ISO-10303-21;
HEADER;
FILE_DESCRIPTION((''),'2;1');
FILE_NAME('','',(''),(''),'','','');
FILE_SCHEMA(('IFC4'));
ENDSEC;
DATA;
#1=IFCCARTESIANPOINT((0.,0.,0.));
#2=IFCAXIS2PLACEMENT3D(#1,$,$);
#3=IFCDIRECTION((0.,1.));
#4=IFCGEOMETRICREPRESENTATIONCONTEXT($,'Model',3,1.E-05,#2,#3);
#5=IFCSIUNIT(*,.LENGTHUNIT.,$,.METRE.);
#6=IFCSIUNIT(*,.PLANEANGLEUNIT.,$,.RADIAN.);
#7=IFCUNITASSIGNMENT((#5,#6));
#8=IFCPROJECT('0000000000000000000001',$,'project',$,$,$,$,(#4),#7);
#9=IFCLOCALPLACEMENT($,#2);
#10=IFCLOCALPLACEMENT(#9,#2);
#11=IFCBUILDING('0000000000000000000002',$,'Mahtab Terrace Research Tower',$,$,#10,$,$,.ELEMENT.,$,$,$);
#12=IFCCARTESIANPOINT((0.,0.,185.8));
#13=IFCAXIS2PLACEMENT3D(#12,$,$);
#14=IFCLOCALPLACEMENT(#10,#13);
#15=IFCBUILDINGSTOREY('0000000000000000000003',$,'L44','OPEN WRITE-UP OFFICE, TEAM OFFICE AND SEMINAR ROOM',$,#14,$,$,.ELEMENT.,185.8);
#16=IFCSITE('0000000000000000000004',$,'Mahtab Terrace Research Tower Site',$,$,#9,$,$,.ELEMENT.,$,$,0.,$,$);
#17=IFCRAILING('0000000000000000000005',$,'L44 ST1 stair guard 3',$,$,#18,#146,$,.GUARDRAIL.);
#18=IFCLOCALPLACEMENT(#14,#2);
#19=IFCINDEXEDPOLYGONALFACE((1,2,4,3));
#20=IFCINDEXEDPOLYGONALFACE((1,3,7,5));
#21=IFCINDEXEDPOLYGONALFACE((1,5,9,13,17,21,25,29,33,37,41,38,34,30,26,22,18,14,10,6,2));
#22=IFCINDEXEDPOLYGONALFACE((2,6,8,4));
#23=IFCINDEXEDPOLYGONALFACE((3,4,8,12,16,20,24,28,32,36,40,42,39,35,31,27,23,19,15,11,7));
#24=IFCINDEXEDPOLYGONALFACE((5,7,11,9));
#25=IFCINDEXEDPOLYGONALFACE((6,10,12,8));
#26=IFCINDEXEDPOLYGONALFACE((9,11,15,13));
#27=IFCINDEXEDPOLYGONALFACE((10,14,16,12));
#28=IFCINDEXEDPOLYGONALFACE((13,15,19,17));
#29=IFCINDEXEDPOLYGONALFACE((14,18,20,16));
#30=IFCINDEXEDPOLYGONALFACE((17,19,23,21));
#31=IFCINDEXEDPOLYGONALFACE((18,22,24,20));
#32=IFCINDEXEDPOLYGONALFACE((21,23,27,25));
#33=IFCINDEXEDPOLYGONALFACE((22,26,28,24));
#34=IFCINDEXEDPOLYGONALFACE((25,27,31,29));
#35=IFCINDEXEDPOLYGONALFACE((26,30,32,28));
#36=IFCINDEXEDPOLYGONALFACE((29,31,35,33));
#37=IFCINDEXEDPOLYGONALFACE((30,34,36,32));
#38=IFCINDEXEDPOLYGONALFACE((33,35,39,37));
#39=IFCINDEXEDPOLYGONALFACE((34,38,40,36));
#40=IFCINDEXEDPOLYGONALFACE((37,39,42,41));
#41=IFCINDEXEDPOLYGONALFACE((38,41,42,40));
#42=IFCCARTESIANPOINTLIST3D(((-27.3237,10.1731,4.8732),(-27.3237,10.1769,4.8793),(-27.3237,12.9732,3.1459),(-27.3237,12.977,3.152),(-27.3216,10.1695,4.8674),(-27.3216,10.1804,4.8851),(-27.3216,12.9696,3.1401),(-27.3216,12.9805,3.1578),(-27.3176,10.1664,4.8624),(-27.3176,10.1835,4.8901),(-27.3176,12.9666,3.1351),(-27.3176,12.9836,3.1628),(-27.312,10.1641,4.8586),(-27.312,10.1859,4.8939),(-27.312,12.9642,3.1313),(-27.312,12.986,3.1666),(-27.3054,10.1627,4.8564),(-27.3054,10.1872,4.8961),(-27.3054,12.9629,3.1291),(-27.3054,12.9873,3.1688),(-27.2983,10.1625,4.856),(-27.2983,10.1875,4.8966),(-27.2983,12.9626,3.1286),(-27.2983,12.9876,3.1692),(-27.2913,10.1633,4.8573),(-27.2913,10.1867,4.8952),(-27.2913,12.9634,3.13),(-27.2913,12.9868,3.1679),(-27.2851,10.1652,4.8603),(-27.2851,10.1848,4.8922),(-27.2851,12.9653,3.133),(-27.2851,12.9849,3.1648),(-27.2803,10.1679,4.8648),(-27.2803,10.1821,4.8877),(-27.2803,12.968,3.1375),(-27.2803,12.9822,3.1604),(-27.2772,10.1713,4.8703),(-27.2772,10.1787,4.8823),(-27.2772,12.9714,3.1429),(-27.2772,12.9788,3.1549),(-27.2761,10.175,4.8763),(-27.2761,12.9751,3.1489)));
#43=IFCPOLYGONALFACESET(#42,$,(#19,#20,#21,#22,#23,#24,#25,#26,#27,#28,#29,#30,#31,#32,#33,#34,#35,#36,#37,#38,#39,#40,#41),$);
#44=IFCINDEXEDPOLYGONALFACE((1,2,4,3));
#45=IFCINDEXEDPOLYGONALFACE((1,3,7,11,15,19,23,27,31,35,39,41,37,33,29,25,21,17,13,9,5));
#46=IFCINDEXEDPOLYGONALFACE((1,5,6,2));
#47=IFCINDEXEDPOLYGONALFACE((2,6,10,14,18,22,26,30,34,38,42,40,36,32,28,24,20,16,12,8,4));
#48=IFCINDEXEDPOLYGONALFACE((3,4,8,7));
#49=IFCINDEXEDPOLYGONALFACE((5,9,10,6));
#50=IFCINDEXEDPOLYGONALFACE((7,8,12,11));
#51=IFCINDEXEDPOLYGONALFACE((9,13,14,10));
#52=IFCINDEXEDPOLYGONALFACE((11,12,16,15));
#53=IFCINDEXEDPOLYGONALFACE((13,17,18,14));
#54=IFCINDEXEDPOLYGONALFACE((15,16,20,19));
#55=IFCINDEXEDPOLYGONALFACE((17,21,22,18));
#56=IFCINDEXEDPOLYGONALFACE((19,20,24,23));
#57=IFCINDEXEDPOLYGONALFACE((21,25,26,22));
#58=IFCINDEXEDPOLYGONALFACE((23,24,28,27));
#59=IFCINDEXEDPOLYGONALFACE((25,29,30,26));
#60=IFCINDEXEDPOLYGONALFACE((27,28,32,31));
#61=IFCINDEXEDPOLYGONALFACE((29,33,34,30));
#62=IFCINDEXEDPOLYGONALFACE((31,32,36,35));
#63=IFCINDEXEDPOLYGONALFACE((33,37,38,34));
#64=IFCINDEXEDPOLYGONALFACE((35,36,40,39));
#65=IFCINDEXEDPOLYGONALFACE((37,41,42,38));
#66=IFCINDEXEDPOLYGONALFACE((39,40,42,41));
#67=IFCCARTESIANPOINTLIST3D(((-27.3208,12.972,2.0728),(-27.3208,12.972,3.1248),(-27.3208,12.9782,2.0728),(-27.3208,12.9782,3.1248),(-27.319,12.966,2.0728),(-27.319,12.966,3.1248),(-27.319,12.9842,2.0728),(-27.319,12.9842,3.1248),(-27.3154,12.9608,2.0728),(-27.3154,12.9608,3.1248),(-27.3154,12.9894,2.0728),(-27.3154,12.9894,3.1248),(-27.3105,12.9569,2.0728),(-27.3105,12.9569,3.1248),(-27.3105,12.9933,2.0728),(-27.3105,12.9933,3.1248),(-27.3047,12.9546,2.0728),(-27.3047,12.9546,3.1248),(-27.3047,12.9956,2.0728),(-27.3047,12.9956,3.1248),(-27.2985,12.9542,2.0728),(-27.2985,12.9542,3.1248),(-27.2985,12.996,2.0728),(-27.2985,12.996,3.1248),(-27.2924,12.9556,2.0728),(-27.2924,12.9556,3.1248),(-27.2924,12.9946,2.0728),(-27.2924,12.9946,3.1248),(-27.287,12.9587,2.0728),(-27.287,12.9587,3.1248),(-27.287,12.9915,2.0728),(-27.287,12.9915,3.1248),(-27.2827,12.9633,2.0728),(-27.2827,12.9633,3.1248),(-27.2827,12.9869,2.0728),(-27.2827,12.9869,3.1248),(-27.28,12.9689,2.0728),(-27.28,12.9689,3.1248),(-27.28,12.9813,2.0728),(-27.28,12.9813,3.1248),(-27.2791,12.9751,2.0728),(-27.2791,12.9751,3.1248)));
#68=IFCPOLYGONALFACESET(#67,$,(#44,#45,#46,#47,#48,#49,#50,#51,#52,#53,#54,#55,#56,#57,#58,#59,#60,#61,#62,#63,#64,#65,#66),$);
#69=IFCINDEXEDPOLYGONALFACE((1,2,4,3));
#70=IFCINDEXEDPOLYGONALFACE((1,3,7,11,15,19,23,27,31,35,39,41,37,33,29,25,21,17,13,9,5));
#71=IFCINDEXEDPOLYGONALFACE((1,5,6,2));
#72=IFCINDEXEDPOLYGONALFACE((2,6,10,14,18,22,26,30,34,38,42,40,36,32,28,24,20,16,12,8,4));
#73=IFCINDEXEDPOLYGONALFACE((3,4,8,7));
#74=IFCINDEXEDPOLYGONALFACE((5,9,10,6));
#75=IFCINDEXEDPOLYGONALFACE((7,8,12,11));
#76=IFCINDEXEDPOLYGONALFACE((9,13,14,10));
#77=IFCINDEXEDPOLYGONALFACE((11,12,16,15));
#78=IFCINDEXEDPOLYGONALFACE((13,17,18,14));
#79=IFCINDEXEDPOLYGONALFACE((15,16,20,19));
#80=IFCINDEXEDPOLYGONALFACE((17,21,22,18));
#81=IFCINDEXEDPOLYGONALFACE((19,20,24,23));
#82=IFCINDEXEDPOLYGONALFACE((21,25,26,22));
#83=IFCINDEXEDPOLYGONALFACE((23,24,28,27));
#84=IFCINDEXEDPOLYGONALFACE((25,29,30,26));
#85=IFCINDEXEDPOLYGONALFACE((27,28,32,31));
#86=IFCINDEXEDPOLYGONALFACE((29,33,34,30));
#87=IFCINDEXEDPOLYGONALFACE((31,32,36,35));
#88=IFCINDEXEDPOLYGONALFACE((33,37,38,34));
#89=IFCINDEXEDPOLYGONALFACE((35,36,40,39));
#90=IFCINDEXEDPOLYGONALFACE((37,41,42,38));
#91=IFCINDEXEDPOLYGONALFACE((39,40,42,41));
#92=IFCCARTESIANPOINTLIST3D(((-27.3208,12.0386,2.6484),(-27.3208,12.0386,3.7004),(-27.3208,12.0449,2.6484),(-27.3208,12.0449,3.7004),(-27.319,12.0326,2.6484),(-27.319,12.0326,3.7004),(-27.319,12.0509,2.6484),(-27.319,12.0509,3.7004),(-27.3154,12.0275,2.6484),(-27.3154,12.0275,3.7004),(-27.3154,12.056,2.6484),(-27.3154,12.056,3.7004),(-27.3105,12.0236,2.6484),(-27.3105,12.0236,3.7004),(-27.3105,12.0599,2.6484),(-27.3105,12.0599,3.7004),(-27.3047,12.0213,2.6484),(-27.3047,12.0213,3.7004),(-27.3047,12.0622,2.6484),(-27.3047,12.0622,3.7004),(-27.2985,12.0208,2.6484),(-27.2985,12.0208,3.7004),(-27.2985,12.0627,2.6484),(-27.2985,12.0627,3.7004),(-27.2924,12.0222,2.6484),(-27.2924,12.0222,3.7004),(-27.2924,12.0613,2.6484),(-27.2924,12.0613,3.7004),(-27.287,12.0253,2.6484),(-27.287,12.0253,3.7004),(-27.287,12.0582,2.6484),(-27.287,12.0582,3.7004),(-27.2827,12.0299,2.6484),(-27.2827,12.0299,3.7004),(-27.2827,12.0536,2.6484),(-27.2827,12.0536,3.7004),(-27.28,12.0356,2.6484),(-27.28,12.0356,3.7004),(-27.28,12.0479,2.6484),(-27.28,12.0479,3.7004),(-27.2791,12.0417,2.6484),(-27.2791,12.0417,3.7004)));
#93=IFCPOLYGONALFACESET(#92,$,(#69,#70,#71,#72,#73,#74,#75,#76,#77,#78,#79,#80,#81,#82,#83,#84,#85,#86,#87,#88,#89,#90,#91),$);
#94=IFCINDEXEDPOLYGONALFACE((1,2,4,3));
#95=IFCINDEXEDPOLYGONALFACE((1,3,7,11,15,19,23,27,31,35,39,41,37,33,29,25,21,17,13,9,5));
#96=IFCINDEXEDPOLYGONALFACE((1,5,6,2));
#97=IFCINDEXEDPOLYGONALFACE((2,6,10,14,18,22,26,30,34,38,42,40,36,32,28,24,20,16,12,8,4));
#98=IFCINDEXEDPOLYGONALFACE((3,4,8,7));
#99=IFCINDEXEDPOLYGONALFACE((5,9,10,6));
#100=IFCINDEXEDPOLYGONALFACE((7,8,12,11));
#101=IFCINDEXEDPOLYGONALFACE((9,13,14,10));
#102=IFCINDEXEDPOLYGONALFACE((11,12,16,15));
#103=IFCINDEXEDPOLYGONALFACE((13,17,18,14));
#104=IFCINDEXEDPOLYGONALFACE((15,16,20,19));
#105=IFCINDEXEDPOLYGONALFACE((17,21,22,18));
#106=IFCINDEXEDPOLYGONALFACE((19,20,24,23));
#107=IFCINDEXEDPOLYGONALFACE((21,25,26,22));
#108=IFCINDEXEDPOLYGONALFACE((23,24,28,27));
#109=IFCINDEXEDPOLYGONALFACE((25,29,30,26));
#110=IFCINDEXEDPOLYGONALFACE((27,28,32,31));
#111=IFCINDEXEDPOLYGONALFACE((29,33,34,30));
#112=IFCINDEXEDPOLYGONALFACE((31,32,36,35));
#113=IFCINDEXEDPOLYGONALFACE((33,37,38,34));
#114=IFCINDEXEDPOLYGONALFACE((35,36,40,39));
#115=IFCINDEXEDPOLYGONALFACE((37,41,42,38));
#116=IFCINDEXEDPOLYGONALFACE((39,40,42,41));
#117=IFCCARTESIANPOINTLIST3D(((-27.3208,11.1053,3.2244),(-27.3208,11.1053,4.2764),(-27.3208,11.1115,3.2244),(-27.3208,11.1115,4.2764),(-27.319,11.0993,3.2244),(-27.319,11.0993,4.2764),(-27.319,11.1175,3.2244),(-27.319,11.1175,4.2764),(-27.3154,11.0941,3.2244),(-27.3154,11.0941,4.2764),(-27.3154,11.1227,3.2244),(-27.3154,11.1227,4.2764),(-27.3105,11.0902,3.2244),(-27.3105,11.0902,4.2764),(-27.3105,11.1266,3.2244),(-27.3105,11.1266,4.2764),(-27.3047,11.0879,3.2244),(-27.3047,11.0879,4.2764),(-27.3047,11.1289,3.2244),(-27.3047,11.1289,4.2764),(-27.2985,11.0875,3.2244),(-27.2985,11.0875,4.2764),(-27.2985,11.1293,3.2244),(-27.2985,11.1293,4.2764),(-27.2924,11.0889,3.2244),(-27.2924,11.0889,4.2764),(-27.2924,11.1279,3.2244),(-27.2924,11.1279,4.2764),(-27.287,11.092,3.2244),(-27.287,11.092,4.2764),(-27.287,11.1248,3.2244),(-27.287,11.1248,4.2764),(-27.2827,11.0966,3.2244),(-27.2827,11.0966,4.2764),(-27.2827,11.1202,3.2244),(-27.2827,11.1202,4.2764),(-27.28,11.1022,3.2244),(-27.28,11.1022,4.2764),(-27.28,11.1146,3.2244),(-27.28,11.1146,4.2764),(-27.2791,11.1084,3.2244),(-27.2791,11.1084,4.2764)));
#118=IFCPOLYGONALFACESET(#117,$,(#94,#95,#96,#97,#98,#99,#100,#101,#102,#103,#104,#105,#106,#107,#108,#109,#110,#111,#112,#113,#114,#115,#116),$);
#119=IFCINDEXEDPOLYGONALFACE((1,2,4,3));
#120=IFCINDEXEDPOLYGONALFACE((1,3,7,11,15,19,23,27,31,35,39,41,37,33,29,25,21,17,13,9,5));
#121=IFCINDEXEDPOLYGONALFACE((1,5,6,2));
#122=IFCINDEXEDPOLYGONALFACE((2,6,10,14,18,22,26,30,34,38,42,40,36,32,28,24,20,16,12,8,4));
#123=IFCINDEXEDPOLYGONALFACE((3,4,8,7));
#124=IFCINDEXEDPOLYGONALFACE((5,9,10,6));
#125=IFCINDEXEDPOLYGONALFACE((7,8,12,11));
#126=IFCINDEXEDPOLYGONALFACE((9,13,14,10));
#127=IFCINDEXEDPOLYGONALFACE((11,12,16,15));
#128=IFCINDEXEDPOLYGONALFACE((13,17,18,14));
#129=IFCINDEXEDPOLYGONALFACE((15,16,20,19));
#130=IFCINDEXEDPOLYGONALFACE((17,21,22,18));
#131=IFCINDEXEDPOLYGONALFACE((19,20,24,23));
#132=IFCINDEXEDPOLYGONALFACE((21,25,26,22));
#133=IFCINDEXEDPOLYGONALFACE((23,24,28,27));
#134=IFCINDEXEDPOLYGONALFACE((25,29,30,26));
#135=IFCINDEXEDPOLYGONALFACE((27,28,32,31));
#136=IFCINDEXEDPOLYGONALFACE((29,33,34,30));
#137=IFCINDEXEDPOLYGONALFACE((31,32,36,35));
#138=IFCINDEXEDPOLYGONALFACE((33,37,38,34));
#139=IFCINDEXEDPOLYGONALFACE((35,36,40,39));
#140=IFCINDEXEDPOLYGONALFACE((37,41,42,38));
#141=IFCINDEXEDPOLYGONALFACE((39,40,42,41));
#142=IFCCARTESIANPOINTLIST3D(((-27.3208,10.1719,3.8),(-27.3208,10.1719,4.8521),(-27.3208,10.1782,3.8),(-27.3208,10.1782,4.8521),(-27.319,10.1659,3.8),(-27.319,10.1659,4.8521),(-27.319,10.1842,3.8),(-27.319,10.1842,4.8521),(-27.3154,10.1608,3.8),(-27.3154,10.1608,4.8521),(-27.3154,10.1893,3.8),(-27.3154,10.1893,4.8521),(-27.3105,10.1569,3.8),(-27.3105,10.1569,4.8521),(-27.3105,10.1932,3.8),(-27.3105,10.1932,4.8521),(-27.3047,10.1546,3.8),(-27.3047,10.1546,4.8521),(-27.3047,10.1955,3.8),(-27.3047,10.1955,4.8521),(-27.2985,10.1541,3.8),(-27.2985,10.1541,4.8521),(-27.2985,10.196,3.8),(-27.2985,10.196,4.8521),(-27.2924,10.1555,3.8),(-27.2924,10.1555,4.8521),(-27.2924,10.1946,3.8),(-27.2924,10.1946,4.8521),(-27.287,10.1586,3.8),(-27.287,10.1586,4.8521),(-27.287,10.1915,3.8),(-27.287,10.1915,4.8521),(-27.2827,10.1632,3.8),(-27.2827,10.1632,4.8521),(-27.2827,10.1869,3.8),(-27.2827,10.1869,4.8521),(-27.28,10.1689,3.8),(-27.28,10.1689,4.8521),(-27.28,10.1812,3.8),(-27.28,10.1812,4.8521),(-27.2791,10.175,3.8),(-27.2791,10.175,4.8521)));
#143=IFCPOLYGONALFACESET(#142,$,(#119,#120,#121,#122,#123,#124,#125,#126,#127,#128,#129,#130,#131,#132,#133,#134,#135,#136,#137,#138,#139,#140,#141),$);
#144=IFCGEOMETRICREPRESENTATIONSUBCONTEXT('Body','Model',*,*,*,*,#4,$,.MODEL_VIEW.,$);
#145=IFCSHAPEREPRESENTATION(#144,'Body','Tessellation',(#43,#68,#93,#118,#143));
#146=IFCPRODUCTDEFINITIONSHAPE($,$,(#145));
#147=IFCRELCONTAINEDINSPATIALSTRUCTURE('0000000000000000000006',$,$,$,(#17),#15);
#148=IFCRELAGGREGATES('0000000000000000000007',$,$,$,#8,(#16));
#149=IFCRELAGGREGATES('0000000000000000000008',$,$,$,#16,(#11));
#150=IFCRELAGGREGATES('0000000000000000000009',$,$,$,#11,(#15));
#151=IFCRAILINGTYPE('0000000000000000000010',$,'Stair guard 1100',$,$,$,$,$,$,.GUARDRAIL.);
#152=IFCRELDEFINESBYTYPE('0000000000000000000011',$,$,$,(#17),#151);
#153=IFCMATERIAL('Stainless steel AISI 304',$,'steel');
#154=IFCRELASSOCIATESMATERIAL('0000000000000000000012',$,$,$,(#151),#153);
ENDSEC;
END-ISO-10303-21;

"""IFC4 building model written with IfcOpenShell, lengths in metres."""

from ifc_helpers import new_model, si_unit, direction, frame, origin, origin_2d, place, context, subcontext, project, spatial, circle, extrude, material, type_object, element, save


model = new_model("IFC4")

# Units and contexts
model_context = context("Model", 3, precision=1e-05, world=origin(), true_north=direction((0.0, 1.0)))
body_context = subcontext(model_context, "Body", "Model", "MODEL_VIEW")
ifc_project = project(units=[si_unit("LENGTHUNIT", "METRE"), si_unit("PLANEANGLEUNIT", "RADIAN")], contexts=[model_context])

# Site, building, storey
site_placement = place(None, origin())
site = spatial("IfcSite", under=ifc_project, at=site_placement, Name="Mahtab Terrace Research Tower Site", CompositionType="ELEMENT", RefElevation=0.0)
building_placement = place(site_placement, origin())
building = spatial("IfcBuilding", under=site, at=building_placement, Name="Mahtab Terrace Research Tower", CompositionType="ELEMENT")
storey_placement = place(building_placement, frame((0.0, 0.0, 185.8)))
storey = spatial("IfcBuildingStorey", under=building, at=storey_placement, Name="L44", Description="OPEN WRITE-UP OFFICE, TEAM OFFICE AND SEMINAR ROOM", CompositionType="ELEMENT", Elevation=185.8)

# Railing
ifc_material_1 = material(Name="Stainless steel AISI 304", Category="steel")
railing_type_1 = type_object("IfcRailingType", Name="Stair guard 1100", PredefinedType="GUARDRAIL", material=ifc_material_1)
railing_1_placement = place(storey_placement, frame((-27.3, 12.9751, 2.0728)))
element("IfcRailing", 1, at=railing_1_placement, inside=storey, type_object=railing_type_1, Name="L44 ST1 stair guard 3", PredefinedType="GUARDRAIL", context=body_context, shape_type="SweptSolid", body=[
    extrude(circle(Radius=0.0239, at=origin_2d()), frame((0.0, 0.0, 1.0762), z_axis=(0.0, -0.85109, 0.52502), x_axis=(1.0, 0.0, 0.0)), (0.0, 0.0, 1.0), 3.29),
    extrude(circle(Radius=0.021, at=origin_2d()), origin(), (0.0, 0.0, 1.0), 1.052),
    extrude(circle(Radius=0.021, at=origin_2d()), frame((0.0, -0.9333, 0.5757)), (0.0, 0.0, 1.0), 1.052),
    extrude(circle(Radius=0.021, at=origin_2d()), frame((0.0, -1.8667, 1.1516)), (0.0, 0.0, 1.0), 1.052),
    extrude(circle(Radius=0.021, at=origin_2d()), frame((0.0, -2.8, 1.7273)), (0.0, 0.0, 1.0), 1.052),
])

save(model, "model.ifc")
